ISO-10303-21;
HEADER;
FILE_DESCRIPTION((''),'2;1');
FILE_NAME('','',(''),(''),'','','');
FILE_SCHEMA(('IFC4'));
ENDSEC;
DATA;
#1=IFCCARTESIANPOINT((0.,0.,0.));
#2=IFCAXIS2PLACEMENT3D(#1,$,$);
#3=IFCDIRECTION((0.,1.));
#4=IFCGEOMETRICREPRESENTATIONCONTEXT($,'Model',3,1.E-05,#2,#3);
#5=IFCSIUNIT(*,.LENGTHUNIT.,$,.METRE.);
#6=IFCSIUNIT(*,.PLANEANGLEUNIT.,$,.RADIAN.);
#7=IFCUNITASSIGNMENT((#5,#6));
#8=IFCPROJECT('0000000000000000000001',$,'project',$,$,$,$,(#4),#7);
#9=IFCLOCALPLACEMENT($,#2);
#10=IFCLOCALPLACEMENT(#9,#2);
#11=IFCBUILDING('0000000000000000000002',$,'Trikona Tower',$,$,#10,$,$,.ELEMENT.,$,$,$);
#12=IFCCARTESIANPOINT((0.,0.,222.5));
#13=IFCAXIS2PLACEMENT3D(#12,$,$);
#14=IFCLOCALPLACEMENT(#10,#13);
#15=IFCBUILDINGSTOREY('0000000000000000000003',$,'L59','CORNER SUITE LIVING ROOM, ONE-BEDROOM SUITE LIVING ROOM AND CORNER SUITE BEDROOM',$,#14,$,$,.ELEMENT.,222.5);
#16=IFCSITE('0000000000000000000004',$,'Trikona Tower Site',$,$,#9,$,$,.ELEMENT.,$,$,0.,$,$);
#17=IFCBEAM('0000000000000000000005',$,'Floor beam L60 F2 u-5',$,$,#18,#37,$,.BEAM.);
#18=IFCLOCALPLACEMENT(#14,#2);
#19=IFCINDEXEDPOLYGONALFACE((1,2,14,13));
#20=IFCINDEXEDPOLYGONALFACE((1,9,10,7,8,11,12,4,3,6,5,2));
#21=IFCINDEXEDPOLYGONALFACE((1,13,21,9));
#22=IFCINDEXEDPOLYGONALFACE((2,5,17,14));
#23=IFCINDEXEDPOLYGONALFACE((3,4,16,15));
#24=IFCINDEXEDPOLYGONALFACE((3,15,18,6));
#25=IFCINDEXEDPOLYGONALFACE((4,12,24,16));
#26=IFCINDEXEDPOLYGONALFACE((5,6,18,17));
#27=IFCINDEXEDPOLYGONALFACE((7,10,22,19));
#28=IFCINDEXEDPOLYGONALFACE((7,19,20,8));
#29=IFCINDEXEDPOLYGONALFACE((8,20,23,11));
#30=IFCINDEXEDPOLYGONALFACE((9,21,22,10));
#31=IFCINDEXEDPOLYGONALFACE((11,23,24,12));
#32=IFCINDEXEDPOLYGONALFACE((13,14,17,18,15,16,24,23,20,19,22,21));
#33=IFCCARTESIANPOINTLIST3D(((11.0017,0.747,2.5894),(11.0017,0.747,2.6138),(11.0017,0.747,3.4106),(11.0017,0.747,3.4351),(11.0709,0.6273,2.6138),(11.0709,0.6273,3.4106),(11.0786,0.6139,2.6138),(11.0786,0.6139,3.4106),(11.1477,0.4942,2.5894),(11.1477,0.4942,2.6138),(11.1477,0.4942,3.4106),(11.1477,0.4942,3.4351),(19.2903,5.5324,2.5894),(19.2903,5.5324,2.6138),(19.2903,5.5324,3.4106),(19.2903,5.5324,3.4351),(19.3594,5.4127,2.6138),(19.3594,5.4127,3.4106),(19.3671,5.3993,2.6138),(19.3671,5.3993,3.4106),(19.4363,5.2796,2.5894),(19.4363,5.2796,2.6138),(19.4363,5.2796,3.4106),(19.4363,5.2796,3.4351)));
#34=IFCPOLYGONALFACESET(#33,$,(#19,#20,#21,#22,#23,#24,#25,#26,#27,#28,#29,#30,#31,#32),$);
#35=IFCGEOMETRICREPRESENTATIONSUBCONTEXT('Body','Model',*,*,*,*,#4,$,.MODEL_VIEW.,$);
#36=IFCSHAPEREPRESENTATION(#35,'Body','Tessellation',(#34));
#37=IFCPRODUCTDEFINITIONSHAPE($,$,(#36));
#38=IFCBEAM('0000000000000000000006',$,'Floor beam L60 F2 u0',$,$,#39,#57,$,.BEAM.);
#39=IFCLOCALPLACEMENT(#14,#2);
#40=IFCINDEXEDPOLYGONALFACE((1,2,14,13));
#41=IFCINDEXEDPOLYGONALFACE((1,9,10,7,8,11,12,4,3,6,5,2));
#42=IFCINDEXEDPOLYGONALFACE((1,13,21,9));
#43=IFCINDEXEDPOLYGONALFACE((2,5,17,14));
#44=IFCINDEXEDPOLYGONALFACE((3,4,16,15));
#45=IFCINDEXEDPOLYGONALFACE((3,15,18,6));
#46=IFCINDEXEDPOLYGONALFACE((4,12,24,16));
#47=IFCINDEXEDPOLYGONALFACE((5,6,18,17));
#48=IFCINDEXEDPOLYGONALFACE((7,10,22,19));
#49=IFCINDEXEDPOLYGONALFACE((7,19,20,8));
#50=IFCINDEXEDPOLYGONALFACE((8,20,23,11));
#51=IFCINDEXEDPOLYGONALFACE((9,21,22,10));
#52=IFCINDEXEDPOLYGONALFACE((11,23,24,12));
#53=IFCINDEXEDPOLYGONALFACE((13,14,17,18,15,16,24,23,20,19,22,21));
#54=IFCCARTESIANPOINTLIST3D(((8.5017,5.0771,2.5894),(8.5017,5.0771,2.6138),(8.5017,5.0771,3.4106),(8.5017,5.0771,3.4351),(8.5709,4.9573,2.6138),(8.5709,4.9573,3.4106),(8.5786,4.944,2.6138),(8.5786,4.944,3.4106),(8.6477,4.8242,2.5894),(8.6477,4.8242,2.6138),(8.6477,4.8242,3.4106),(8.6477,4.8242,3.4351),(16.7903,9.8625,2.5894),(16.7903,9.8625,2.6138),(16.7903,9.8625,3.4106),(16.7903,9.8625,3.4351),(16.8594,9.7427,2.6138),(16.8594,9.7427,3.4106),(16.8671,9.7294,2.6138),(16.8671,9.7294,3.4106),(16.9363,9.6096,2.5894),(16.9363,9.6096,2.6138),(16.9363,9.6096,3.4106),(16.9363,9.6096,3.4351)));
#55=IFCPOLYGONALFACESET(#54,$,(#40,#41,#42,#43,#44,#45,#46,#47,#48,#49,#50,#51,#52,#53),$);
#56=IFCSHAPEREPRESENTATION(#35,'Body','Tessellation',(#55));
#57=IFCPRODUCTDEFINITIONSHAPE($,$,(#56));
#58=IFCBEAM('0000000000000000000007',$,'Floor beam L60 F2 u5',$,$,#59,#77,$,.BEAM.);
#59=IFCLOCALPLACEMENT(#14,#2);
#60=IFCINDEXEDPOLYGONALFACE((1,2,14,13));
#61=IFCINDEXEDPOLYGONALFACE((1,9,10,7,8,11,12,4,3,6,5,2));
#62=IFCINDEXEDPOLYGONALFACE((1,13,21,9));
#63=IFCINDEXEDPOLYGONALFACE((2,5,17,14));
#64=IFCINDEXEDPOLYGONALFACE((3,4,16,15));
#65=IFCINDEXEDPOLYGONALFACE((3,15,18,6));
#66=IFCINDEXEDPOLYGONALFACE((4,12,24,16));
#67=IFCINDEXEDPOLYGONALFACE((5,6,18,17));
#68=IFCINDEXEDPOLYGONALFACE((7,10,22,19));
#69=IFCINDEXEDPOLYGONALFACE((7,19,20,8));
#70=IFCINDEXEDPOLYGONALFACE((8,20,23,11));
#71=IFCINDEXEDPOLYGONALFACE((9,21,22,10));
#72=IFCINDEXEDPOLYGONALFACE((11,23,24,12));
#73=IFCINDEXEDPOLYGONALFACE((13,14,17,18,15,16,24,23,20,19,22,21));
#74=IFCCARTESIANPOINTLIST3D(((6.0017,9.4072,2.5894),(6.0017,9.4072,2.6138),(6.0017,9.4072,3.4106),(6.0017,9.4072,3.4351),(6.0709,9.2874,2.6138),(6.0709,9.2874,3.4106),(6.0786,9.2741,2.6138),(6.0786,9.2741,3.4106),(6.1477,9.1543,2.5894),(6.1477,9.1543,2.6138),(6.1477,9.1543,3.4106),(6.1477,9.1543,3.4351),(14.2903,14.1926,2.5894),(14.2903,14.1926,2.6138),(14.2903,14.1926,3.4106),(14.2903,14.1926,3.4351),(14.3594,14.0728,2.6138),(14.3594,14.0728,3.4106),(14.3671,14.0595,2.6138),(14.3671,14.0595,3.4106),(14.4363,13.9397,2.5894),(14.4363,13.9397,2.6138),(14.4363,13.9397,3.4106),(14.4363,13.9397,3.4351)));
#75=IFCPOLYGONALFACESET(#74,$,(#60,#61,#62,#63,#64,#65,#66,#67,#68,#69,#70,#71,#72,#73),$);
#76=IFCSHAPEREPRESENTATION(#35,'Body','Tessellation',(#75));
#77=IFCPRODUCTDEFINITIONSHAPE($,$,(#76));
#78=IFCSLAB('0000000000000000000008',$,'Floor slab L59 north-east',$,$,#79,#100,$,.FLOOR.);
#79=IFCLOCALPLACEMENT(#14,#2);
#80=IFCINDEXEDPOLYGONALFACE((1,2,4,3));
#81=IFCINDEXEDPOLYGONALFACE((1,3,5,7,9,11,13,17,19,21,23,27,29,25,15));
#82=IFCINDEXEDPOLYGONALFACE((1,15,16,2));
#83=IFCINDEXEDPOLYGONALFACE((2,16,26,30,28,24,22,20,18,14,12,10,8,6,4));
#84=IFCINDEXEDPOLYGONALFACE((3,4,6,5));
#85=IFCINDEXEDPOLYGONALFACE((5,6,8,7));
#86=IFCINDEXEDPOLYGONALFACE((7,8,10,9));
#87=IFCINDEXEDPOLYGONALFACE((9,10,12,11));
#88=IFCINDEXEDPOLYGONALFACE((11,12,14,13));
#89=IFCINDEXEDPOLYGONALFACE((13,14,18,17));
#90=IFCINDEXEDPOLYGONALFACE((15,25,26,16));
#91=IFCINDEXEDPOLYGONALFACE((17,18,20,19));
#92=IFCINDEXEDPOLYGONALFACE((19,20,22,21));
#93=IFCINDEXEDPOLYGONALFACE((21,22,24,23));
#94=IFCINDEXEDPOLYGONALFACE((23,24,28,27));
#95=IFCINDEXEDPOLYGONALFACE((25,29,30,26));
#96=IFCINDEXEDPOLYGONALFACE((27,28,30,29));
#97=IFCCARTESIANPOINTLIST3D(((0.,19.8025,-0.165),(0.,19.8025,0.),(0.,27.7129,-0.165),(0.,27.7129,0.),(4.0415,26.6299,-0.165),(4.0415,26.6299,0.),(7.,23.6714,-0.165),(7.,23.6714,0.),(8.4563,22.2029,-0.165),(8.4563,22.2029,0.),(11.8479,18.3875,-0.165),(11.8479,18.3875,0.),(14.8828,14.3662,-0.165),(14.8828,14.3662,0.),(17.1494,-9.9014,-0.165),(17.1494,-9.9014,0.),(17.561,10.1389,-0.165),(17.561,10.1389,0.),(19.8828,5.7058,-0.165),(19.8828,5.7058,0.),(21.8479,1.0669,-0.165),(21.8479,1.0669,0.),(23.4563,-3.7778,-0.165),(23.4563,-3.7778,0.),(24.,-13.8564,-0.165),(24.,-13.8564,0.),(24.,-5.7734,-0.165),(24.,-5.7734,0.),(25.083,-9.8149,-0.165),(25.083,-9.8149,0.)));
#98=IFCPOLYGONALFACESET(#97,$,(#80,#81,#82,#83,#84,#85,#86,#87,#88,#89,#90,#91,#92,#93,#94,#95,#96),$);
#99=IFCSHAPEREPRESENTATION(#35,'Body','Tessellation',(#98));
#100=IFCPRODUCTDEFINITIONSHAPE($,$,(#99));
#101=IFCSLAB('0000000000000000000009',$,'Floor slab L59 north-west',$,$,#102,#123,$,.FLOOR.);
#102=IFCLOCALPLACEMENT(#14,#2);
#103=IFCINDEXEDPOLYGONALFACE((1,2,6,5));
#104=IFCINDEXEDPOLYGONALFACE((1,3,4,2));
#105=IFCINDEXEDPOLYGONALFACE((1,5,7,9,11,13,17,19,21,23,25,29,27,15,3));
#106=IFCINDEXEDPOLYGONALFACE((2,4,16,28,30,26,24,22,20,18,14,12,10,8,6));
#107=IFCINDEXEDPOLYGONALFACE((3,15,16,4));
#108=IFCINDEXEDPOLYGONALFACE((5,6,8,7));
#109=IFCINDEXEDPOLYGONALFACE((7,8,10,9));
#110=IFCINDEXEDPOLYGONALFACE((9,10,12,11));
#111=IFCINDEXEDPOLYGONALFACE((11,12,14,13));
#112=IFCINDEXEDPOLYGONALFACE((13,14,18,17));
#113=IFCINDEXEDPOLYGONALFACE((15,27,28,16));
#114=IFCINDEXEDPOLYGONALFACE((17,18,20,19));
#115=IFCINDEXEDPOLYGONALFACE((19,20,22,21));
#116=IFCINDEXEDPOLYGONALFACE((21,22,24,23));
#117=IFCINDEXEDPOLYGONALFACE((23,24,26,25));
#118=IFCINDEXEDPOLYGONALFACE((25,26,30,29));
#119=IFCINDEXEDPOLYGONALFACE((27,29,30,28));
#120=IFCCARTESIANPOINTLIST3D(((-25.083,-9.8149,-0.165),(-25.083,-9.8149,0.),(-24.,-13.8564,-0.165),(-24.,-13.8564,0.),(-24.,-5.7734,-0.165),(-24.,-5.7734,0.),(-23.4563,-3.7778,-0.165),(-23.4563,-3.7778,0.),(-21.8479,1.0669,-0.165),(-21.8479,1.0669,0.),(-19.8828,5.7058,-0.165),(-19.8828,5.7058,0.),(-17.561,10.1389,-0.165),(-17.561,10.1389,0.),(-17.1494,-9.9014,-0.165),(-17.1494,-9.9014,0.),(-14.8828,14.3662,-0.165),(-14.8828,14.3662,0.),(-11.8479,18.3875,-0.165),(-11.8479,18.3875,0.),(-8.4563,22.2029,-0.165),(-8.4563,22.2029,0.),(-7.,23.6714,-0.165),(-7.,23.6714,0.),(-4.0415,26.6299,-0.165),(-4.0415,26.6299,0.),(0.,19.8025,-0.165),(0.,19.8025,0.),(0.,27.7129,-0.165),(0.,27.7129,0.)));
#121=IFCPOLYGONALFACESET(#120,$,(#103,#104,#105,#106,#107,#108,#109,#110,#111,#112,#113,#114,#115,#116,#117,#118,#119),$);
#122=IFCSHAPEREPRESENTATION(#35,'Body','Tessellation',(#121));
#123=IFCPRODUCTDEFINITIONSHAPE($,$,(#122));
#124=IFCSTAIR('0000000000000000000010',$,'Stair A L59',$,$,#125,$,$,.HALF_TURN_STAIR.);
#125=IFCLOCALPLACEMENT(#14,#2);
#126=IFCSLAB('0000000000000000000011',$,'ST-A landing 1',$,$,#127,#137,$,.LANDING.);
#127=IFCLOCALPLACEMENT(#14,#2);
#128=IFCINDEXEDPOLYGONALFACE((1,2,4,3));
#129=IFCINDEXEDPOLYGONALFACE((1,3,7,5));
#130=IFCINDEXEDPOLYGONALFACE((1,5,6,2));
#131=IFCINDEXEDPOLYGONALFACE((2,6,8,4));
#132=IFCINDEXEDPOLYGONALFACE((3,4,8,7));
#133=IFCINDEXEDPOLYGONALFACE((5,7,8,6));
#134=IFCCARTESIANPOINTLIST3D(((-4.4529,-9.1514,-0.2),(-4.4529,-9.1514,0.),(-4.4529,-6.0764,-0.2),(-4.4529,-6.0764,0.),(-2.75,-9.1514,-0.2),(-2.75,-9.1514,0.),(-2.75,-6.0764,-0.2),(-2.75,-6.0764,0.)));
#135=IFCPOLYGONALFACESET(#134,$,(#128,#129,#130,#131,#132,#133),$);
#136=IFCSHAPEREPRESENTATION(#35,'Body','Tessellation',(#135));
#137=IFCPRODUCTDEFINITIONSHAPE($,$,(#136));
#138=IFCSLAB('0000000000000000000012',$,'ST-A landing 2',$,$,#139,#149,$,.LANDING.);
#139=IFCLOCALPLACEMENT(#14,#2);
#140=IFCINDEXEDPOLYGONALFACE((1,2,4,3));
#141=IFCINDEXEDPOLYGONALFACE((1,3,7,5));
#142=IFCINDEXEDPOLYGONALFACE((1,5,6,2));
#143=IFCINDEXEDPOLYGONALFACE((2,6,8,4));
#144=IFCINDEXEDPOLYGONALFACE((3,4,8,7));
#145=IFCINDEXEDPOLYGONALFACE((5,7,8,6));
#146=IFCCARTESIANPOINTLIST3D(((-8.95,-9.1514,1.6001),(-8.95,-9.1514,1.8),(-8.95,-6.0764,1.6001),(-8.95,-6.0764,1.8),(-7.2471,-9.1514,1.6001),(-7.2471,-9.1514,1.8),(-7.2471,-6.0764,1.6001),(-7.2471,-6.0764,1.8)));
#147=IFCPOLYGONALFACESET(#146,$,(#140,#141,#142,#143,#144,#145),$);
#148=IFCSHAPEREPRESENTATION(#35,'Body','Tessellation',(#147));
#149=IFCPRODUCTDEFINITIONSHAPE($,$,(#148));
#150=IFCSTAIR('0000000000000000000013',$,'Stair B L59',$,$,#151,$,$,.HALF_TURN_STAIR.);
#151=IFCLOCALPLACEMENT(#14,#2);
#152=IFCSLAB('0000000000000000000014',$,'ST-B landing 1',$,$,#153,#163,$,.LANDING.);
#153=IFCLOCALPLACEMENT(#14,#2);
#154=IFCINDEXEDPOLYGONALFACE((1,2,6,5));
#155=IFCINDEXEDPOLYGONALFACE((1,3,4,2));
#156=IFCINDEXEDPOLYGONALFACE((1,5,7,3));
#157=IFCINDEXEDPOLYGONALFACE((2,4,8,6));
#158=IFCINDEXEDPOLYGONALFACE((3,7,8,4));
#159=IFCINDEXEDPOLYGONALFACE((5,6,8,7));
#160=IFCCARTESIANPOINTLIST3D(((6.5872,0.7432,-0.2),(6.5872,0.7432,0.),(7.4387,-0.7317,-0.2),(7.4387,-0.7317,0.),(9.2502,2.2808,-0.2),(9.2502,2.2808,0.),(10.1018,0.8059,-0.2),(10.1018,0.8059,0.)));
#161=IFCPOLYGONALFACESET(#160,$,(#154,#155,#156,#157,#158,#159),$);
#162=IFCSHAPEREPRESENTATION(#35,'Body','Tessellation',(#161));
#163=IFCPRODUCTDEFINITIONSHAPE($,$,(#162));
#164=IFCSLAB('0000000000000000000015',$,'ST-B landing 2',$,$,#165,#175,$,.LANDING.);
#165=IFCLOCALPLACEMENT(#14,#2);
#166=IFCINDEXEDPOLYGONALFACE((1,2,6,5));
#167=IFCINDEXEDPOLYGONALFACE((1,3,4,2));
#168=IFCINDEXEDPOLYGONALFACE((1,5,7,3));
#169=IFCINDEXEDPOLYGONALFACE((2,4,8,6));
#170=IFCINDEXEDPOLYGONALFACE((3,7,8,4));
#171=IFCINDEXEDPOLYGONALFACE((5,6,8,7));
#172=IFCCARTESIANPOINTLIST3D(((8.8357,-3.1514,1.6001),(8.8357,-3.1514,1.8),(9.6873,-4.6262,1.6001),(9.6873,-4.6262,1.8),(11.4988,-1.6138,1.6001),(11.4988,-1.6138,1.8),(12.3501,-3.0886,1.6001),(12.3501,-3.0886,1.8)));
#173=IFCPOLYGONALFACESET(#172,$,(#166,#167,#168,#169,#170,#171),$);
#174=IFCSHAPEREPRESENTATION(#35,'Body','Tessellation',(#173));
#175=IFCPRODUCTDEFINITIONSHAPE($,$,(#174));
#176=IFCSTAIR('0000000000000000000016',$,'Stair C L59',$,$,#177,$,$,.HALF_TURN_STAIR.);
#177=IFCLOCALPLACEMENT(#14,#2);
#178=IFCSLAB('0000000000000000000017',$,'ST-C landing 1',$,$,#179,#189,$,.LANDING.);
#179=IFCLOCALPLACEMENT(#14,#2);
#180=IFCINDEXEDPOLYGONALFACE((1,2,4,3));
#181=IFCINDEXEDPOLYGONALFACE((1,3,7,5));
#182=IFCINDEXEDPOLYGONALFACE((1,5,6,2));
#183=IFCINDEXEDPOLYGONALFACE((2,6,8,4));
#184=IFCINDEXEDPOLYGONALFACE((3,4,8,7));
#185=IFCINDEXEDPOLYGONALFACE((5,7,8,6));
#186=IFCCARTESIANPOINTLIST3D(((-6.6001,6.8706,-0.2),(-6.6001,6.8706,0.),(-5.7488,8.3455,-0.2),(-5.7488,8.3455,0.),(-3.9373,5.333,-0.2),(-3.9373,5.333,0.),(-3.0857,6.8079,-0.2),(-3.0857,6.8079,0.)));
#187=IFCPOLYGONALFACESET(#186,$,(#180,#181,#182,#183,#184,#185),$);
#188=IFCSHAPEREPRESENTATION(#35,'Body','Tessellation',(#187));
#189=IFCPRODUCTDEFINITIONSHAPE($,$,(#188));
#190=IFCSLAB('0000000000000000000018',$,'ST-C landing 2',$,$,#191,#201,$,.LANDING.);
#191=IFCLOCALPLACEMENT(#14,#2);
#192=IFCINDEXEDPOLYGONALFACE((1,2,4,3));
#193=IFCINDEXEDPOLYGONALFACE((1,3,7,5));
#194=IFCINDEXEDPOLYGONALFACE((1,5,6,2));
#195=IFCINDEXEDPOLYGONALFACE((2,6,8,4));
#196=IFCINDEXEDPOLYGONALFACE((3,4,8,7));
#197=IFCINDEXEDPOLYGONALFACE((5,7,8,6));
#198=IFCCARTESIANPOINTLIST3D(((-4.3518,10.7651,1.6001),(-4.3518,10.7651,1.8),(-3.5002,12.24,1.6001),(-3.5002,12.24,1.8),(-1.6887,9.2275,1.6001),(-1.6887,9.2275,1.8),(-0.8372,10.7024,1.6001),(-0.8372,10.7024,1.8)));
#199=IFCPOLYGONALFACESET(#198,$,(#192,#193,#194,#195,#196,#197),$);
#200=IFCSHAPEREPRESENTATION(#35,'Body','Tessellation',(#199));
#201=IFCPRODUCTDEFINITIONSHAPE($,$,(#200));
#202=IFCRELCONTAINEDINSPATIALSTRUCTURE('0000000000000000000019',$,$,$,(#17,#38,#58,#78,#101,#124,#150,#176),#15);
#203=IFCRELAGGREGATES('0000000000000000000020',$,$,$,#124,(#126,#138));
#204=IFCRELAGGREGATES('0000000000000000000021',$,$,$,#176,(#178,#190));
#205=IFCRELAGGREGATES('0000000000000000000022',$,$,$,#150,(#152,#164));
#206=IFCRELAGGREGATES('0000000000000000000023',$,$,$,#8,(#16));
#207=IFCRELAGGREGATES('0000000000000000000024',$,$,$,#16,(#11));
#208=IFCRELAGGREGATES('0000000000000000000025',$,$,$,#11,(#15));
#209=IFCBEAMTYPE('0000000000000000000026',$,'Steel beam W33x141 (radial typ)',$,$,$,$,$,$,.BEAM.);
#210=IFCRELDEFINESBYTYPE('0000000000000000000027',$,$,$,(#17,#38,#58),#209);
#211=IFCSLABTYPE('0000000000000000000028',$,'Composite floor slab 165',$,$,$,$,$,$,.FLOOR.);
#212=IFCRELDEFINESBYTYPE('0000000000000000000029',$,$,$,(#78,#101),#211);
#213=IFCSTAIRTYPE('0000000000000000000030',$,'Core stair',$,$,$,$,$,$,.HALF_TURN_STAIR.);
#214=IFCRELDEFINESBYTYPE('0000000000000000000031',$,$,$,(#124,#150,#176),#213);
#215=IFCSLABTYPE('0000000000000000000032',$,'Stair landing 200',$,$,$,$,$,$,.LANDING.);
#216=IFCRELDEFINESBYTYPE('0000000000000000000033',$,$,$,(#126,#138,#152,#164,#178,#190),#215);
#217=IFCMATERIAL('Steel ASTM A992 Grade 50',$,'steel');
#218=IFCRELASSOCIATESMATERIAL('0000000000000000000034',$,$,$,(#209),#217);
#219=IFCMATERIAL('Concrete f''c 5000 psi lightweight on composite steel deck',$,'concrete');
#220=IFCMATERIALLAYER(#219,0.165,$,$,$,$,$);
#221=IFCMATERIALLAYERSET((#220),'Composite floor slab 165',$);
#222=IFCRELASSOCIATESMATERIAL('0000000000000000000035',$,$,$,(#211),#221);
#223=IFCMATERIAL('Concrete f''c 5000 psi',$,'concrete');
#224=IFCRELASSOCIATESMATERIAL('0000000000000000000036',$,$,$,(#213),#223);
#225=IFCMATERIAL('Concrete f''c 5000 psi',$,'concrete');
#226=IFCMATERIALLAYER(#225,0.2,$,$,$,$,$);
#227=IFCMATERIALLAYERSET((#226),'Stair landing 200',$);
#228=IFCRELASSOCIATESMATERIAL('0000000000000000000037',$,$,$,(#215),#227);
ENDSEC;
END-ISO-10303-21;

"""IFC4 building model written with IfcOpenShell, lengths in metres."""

from ifc_helpers import new_model, si_unit, direction, frame, origin, origin_2d, place, context, subcontext, project, spatial, polyline, i_section, outline, extrude, material, layer, layer_set, material_profile, profile_set, type_object, element, aggregate, save


model = new_model("IFC4")

# Units and contexts
model_context = context("Model", 3, precision=1e-05, world=origin(), true_north=direction((0.0, 1.0)))
body_context = subcontext(model_context, "Body", "Model", "MODEL_VIEW")
ifc_project = project(units=[si_unit("LENGTHUNIT", "METRE"), si_unit("PLANEANGLEUNIT", "RADIAN")], contexts=[model_context])

# Site, building, storey
site_placement = place(None, origin())
site = spatial("IfcSite", under=ifc_project, at=site_placement, Name="Trikona Tower Site", CompositionType="ELEMENT", RefElevation=0.0)
building_placement = place(site_placement, origin())
building = spatial("IfcBuilding", under=site, at=building_placement, Name="Trikona Tower", CompositionType="ELEMENT")
storey_placement = place(building_placement, frame((0.0, 0.0, 222.5)))
storey = spatial("IfcBuildingStorey", under=building, at=storey_placement, Name="L59", Description="CORNER SUITE LIVING ROOM, ONE-BEDROOM SUITE LIVING ROOM AND CORNER SUITE BEDROOM", CompositionType="ELEMENT", Elevation=222.5)

# Beams
ifc_material_1 = material(Name="Steel ASTM A992 Grade 50", Category="steel")
ifc_material_profile = material_profile(ifc_material_1, i_section(OverallWidth=0.292, OverallDepth=0.8457, WebThickness=0.0154, FlangeThickness=0.0244, at=origin_2d()), Name="W33X141")
ifc_profile_set = profile_set([ifc_material_profile], Name="Steel ASTM A992 Grade 50")
beam_type = type_object("IfcBeamType", Name="Steel beam W33x141 (radial typ)", PredefinedType="BEAM", material=ifc_profile_set)
for number, where, z_axis, x_axis, name in (
    (1, (11.0747, 0.6206, 3.0122), (0.866026, 0.499999, 0.0), (-0.499999, 0.866026, 0.0), "Floor beam L60 F2 u-5"),
    (2, (8.5747, 4.9507, 3.0122), (0.866026, 0.499999, 0.0), (-0.499999, 0.866026, 0.0), "Floor beam L60 F2 u0"),
    (3, (6.0747, 9.2808, 3.0122), (0.866026, 0.499999, 0.0), (-0.499999, 0.866026, 0.0), "Floor beam L60 F2 u5"),
):
    element("IfcBeam", number, at=place(storey_placement, frame(where, z_axis=z_axis, x_axis=x_axis)), inside=storey, type_object=beam_type, Name=name, PredefinedType="BEAM", context=body_context, shape_type="SweptSolid", body=[
        extrude(i_section(OverallWidth=0.292, OverallDepth=0.8457, WebThickness=0.0154, FlangeThickness=0.0244, at=origin_2d()), origin(), (0.0, 0.0, 1.0), 9.5708),
    ])

# Slabs
ifc_material_2 = material(Name="Concrete f'c 5000 psi lightweight on composite steel deck", Category="concrete")
ifc_layer_1 = layer(ifc_material_2, 0.165)
ifc_layer_set_1 = layer_set([ifc_layer_1], Name="Composite floor slab 165")
slab_type_1 = type_object("IfcSlabType", Name="Composite floor slab 165", PredefinedType="FLOOR", material=ifc_layer_set_1)
slab_1_placement = place(storey_placement, frame((0.0, 0.0, -0.165)))
element("IfcSlab", 4, at=slab_1_placement, inside=storey, type_object=slab_type_1, Name="Floor slab L59 north-east", PredefinedType="FLOOR", context=body_context, shape_type="SweptSolid", body=[
    extrude(outline(polyline([(4.0415, 26.6299), (0.0, 27.7129), (0.0, 19.8025), (17.1494, -9.9014), (24.0, -13.8564), (25.083, -9.8149), (24.0, -5.7734), (23.4563, -3.7778), (21.8479, 1.0669), (19.8828, 5.7058), (17.561, 10.1389), (14.8828, 14.3662), (11.8479, 18.3875), (8.4563, 22.2029), (7.0, 23.6714), (4.0415, 26.6299)])), origin(), (0.0, 0.0, 1.0), 0.165),
])
slab_2_placement = place(storey_placement, frame((0.0, 0.0, -0.165)))
element("IfcSlab", 5, at=slab_2_placement, inside=storey, type_object=slab_type_1, Name="Floor slab L59 north-west", PredefinedType="FLOOR", context=body_context, shape_type="SweptSolid", body=[
    extrude(outline(polyline([(-7.0, 23.6714), (-8.4563, 22.2029), (-11.8479, 18.3875), (-14.8828, 14.3662), (-17.561, 10.1389), (-19.8828, 5.7058), (-21.8479, 1.0669), (-23.4563, -3.7778), (-24.0, -5.7734), (-25.083, -9.8149), (-24.0, -13.8564), (-17.1494, -9.9014), (0.0, 19.8025), (0.0, 27.7129), (-4.0415, 26.6299), (-7.0, 23.6714)])), origin(), (0.0, 0.0, 1.0), 0.165),
])

# Stairs, slabs
ifc_material_3 = material(Name="Concrete f'c 5000 psi", Category="concrete")
stair_type = type_object("IfcStairType", Name="Core stair", PredefinedType="HALF_TURN_STAIR", material=ifc_material_3)
stair_1_placement = place(storey_placement, origin())
stair_1 = element("IfcStair", 6, at=stair_1_placement, inside=storey, type_object=stair_type, Name="Stair A L59", PredefinedType="HALF_TURN_STAIR")
ifc_material_4 = material(Name="Concrete f'c 5000 psi", Category="concrete")
ifc_layer_2 = layer(ifc_material_4, 0.2)
ifc_layer_set_2 = layer_set([ifc_layer_2], Name="Stair landing 200")
slab_type_2 = type_object("IfcSlabType", Name="Stair landing 200", PredefinedType="LANDING", material=ifc_layer_set_2)
slab_3_placement = place(storey_placement, frame((0.0, 0.0, -0.2)))
slab_3 = element("IfcSlab", 7, at=slab_3_placement, type_object=slab_type_2, Name="ST-A landing 1", PredefinedType="LANDING", context=body_context, shape_type="SweptSolid", body=[
    extrude(outline(polyline([(-4.4529, -6.0764), (-2.75, -6.0764), (-2.75, -9.1514), (-4.4529, -9.1514), (-4.4529, -6.0764)])), origin(), (0.0, 0.0, 1.0), 0.2),
])
slab_4_placement = place(storey_placement, frame((0.0, 0.0, 1.6001)))
slab_4 = element("IfcSlab", 8, at=slab_4_placement, type_object=slab_type_2, Name="ST-A landing 2", PredefinedType="LANDING", context=body_context, shape_type="SweptSolid", body=[
    extrude(outline(polyline([(-8.95, -6.0764), (-7.2471, -6.0764), (-7.2471, -9.1514), (-8.95, -9.1514), (-8.95, -6.0764)])), origin(), (0.0, 0.0, 1.0), 0.2),
])
aggregate(stair_1, [slab_3, slab_4])
stair_2_placement = place(storey_placement, origin())
stair_2 = element("IfcStair", 9, at=stair_2_placement, inside=storey, type_object=stair_type, Name="Stair B L59", PredefinedType="HALF_TURN_STAIR")
slab_5_placement = place(storey_placement, frame((0.0, 0.0, -0.2)))
slab_5 = element("IfcSlab", 10, at=slab_5_placement, type_object=slab_type_2, Name="ST-B landing 1", PredefinedType="LANDING", context=body_context, shape_type="SweptSolid", body=[
    extrude(outline(polyline([(7.4387, -0.7317), (6.5872, 0.7432), (9.2502, 2.2808), (10.1018, 0.8059), (7.4387, -0.7317)])), origin(), (0.0, 0.0, 1.0), 0.2),
])
slab_6_placement = place(storey_placement, frame((0.0, 0.0, 1.6001)))
slab_6 = element("IfcSlab", 11, at=slab_6_placement, type_object=slab_type_2, Name="ST-B landing 2", PredefinedType="LANDING", context=body_context, shape_type="SweptSolid", body=[
    extrude(outline(polyline([(9.6873, -4.6262), (8.8357, -3.1514), (11.4988, -1.6138), (12.3501, -3.0886), (9.6873, -4.6262)])), origin(), (0.0, 0.0, 1.0), 0.2),
])
stair_3_placement = place(storey_placement, origin())
stair_3 = element("IfcStair", 12, at=stair_3_placement, inside=storey, type_object=stair_type, Name="Stair C L59", PredefinedType="HALF_TURN_STAIR")
slab_7_placement = place(storey_placement, frame((0.0, 0.0, -0.2)))
slab_7 = element("IfcSlab", 13, at=slab_7_placement, type_object=slab_type_2, Name="ST-C landing 1", PredefinedType="LANDING", context=body_context, shape_type="SweptSolid", body=[
    extrude(outline(polyline([(-3.0857, 6.8079), (-3.9373, 5.333), (-6.6001, 6.8706), (-5.7488, 8.3455), (-3.0857, 6.8079)])), origin(), (0.0, 0.0, 1.0), 0.2),
])
slab_8_placement = place(storey_placement, frame((0.0, 0.0, 1.6001)))
slab_8 = element("IfcSlab", 14, at=slab_8_placement, type_object=slab_type_2, Name="ST-C landing 2", PredefinedType="LANDING", context=body_context, shape_type="SweptSolid", body=[
    extrude(outline(polyline([(-0.8372, 10.7024), (-1.6887, 9.2275), (-4.3518, 10.7651), (-3.5002, 12.24), (-0.8372, 10.7024)])), origin(), (0.0, 0.0, 1.0), 0.2),
])
aggregate(stair_3, [slab_7, slab_8])

aggregate(stair_2, [slab_5, slab_6])

save(model, "model.ifc")
